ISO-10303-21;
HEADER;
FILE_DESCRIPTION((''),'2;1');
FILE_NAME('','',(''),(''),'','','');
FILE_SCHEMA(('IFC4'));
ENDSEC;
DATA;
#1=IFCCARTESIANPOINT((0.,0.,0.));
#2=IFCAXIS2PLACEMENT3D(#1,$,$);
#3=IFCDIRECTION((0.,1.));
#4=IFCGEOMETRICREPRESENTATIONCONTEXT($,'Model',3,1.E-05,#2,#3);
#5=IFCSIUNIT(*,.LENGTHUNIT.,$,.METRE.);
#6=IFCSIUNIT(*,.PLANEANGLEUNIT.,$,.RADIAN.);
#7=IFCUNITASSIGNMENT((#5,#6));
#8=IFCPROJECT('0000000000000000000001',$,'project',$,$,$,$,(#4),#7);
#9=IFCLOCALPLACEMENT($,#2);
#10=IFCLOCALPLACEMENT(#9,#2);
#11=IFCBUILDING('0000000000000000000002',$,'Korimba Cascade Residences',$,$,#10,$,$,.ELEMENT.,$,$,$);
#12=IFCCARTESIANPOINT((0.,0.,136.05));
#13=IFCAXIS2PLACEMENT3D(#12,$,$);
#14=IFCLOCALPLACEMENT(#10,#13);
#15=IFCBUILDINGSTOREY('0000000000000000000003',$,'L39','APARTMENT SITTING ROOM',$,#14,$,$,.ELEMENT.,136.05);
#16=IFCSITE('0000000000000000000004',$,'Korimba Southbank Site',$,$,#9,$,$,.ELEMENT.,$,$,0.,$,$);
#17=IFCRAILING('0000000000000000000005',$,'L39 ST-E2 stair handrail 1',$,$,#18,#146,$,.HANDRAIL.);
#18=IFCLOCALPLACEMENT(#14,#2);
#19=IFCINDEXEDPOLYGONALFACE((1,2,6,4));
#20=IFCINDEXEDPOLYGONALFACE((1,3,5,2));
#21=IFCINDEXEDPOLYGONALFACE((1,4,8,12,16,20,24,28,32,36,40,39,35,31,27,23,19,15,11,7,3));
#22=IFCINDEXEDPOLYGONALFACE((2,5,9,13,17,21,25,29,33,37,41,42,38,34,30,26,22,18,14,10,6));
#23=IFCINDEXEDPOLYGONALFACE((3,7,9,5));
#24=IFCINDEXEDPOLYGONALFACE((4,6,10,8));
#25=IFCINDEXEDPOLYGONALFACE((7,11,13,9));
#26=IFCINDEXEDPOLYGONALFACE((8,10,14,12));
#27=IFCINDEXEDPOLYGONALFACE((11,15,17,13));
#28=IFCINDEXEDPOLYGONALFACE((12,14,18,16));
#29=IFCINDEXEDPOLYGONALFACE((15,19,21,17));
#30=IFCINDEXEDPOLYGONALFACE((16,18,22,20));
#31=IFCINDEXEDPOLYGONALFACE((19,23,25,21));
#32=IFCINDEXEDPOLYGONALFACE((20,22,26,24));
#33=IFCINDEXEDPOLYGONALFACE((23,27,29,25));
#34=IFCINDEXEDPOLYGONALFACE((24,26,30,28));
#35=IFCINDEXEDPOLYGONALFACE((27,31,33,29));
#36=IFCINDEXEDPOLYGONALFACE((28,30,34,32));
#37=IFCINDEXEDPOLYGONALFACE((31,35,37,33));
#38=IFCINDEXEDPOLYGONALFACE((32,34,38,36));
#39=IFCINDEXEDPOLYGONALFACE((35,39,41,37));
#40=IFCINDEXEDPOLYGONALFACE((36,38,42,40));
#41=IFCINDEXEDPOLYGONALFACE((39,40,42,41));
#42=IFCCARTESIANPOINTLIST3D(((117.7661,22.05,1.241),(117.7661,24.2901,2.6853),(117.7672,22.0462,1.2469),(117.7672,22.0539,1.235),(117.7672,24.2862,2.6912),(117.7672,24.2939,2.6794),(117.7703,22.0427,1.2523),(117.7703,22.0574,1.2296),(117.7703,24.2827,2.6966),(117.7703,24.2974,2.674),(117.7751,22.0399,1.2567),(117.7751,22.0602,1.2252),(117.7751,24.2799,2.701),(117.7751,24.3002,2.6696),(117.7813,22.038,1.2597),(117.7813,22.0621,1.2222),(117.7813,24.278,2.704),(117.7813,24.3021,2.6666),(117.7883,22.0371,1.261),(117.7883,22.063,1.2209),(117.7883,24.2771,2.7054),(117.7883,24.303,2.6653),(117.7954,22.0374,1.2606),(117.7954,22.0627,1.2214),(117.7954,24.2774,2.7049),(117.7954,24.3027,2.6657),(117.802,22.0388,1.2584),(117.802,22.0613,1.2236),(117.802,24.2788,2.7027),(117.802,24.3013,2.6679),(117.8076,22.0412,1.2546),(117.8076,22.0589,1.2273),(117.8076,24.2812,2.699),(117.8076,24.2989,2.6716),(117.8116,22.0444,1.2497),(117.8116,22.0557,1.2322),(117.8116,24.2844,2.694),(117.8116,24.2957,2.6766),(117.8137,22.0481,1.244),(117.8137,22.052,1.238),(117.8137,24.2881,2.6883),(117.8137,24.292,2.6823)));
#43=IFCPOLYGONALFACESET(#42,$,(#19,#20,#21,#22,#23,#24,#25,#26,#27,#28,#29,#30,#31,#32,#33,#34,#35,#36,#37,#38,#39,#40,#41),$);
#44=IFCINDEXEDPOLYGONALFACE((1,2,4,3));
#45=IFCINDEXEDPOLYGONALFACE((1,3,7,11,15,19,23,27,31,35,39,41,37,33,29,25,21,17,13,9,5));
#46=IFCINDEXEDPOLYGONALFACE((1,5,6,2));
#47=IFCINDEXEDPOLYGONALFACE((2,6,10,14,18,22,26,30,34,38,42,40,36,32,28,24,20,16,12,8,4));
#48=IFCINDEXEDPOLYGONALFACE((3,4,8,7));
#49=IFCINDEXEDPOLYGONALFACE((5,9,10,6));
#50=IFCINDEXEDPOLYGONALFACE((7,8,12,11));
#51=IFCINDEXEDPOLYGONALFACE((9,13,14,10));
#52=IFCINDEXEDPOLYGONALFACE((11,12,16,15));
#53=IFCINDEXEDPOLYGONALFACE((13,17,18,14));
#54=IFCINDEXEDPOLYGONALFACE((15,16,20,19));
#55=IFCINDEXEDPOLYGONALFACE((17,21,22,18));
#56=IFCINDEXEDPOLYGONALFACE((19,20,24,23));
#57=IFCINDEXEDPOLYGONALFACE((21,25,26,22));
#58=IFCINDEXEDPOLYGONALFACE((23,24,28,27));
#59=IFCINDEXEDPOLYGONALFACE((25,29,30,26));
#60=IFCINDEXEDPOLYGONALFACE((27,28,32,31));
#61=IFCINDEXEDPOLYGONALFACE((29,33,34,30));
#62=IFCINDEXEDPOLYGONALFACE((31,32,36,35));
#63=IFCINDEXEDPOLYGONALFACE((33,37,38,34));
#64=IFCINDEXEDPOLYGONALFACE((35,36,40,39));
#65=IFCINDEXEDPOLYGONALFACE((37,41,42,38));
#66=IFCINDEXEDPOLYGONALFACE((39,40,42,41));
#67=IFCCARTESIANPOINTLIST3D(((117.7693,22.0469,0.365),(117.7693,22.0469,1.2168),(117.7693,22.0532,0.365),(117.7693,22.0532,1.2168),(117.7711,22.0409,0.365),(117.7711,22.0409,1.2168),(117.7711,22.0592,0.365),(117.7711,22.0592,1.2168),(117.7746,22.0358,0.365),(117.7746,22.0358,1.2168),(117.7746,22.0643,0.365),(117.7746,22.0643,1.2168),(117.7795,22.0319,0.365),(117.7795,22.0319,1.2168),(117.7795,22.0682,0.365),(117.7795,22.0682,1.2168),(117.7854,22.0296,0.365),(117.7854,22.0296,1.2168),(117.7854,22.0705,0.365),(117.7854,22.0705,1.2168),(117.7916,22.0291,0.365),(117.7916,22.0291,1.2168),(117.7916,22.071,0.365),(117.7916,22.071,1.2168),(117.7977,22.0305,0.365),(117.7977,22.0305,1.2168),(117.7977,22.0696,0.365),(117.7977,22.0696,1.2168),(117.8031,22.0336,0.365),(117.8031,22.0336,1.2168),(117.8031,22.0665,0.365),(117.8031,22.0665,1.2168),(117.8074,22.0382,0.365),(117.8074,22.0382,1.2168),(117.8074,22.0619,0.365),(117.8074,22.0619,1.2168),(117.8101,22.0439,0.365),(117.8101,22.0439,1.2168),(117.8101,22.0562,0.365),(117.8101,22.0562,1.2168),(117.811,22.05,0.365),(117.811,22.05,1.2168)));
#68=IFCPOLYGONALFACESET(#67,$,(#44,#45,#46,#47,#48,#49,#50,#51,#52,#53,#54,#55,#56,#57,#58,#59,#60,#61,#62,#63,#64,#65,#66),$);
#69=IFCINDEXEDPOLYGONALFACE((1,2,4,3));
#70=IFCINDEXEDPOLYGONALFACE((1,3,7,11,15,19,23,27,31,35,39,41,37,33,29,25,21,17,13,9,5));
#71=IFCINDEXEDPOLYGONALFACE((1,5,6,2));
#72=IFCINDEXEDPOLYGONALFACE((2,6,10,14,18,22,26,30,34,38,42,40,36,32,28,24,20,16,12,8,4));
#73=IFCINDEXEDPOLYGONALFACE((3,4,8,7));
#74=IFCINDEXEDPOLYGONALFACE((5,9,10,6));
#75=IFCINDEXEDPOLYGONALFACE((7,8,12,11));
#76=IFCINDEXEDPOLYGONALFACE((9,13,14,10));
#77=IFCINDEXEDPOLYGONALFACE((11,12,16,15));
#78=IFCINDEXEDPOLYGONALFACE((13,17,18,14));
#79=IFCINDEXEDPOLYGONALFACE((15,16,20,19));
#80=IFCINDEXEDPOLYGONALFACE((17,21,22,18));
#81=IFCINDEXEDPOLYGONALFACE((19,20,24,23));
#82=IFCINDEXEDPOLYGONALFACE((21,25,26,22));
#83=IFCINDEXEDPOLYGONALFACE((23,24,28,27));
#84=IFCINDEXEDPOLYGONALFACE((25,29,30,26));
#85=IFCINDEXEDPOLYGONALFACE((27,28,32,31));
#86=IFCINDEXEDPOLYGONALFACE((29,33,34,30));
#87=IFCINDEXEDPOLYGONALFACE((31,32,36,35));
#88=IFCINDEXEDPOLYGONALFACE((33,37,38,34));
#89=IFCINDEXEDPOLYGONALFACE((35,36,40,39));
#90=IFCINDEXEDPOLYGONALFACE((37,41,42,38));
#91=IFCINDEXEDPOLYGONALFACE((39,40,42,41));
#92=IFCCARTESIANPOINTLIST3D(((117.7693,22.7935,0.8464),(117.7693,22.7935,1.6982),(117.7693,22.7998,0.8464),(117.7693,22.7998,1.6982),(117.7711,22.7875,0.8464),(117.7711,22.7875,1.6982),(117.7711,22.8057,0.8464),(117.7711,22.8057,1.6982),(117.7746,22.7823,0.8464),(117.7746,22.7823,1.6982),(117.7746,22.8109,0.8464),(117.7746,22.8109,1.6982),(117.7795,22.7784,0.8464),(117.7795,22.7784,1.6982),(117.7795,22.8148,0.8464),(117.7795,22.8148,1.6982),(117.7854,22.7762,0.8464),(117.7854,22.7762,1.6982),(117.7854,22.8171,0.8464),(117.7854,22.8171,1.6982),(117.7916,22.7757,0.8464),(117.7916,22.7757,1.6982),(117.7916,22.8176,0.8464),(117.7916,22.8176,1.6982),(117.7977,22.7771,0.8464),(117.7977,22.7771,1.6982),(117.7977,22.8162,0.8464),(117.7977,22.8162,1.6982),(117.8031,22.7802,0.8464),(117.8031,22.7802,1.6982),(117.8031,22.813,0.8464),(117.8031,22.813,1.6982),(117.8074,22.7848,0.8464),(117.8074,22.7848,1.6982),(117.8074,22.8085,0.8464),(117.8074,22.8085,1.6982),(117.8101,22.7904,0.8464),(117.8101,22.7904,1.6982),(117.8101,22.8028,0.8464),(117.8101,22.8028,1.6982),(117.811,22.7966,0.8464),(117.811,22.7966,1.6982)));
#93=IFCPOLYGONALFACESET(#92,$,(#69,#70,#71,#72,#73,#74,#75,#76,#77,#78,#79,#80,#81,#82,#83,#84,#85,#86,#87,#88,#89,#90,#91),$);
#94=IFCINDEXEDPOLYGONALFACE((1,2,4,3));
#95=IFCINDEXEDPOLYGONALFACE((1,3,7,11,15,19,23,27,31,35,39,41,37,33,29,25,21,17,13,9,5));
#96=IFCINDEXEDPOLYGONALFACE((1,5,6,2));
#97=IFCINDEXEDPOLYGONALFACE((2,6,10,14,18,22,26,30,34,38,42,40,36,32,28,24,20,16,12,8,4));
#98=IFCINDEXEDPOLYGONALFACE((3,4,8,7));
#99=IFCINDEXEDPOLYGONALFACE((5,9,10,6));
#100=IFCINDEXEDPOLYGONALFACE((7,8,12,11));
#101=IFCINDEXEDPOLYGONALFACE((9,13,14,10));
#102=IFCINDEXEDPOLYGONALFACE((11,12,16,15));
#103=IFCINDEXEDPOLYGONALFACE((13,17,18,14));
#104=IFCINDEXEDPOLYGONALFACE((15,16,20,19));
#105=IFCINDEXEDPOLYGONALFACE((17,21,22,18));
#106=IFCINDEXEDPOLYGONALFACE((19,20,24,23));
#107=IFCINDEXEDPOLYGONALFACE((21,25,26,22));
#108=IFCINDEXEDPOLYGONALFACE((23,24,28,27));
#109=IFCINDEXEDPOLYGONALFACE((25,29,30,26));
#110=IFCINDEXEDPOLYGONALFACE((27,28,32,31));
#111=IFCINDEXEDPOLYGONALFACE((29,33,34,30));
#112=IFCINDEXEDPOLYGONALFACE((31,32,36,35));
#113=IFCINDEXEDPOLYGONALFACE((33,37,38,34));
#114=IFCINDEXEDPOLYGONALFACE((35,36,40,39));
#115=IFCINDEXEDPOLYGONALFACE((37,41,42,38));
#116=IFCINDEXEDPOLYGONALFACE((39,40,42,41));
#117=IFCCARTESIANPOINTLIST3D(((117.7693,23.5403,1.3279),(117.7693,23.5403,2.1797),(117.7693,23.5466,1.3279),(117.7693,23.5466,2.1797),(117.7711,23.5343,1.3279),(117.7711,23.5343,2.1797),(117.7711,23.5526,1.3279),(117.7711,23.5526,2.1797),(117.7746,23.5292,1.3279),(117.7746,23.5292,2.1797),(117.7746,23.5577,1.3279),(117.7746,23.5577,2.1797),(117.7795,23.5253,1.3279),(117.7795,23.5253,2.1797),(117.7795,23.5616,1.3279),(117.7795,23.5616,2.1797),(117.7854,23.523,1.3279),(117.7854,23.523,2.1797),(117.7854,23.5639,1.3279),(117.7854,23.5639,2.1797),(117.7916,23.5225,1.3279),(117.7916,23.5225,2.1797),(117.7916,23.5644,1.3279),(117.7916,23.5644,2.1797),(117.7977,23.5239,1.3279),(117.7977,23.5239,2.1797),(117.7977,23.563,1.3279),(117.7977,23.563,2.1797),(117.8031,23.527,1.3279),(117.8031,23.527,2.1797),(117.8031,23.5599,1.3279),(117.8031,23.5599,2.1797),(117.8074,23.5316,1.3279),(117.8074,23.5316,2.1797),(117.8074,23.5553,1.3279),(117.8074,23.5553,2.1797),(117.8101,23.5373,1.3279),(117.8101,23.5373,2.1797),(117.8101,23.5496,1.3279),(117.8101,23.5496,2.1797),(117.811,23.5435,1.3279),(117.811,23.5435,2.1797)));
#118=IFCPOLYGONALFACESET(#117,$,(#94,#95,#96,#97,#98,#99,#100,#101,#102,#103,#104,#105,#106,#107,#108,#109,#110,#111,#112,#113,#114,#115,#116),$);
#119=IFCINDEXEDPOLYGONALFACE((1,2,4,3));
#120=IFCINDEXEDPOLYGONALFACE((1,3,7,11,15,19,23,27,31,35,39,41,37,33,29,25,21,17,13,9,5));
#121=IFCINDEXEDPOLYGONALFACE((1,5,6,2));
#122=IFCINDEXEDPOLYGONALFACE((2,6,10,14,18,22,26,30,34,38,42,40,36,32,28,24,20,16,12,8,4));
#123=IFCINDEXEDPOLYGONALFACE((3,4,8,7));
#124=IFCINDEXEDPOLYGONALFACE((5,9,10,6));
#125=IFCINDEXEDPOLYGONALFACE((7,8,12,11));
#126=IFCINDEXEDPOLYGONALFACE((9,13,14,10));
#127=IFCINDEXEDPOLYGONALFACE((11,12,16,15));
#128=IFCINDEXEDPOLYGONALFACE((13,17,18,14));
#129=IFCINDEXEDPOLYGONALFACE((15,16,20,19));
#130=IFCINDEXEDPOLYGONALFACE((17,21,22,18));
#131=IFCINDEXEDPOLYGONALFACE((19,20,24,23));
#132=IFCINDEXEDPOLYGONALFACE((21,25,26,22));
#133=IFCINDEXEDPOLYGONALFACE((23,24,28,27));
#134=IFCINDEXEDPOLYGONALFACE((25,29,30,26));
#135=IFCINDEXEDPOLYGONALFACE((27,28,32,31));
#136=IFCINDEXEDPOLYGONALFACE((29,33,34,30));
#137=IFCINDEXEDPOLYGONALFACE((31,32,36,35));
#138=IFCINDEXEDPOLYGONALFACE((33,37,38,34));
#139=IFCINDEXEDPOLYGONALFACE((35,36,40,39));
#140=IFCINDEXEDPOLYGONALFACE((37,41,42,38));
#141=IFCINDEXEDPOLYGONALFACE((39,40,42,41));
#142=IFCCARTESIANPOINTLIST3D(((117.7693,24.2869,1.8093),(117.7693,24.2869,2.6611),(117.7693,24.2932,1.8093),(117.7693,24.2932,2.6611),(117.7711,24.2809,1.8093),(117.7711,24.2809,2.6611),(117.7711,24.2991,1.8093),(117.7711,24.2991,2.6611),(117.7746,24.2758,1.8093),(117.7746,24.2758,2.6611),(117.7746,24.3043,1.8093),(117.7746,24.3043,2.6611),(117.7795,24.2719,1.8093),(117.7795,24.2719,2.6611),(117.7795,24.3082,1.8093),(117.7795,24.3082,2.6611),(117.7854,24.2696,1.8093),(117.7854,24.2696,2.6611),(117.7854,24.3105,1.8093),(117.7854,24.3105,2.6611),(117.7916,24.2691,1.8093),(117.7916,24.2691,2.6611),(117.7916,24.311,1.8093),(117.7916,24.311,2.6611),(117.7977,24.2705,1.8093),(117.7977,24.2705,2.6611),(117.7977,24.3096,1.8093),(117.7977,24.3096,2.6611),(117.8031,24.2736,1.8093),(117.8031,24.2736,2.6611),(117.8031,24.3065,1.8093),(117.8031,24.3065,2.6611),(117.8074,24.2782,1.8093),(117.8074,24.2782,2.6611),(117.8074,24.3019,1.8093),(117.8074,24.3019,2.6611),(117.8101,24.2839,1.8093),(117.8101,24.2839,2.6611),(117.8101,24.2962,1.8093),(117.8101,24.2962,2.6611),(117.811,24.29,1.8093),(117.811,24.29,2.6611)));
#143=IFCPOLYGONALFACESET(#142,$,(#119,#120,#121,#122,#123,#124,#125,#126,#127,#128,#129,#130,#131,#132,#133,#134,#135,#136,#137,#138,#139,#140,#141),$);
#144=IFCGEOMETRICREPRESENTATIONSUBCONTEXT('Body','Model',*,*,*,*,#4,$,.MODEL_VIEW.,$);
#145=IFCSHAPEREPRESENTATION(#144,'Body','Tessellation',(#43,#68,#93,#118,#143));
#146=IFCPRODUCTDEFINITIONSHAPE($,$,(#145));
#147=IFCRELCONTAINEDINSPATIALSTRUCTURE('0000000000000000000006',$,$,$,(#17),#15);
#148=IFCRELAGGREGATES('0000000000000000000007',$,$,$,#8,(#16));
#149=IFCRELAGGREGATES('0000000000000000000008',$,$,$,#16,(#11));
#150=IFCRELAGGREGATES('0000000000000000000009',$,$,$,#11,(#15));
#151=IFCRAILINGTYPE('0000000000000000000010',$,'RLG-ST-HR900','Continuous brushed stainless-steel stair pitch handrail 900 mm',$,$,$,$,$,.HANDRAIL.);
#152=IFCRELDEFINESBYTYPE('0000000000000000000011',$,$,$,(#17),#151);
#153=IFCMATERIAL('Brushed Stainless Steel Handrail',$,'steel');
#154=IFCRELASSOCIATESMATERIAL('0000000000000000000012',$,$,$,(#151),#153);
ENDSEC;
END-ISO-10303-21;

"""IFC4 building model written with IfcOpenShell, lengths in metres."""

from ifc_helpers import new_model, si_unit, direction, frame, origin, origin_2d, place, context, subcontext, project, spatial, circle, extrude, material, type_object, element, save


model = new_model("IFC4")

# Units and contexts
model_context = context("Model", 3, precision=1e-05, world=origin(), true_north=direction((0.0, 1.0)))
body_context = subcontext(model_context, "Body", "Model", "MODEL_VIEW")
ifc_project = project(units=[si_unit("LENGTHUNIT", "METRE"), si_unit("PLANEANGLEUNIT", "RADIAN")], contexts=[model_context])

# Site, building, storey
site_placement = place(None, origin())
site = spatial("IfcSite", under=ifc_project, at=site_placement, Name="Korimba Southbank Site", CompositionType="ELEMENT", RefElevation=0.0)
building_placement = place(site_placement, origin())
building = spatial("IfcBuilding", under=site, at=building_placement, Name="Korimba Cascade Residences", CompositionType="ELEMENT")
storey_placement = place(building_placement, frame((0.0, 0.0, 136.05)))
storey = spatial("IfcBuildingStorey", under=building, at=storey_placement, Name="L39", Description="APARTMENT SITTING ROOM", CompositionType="ELEMENT", Elevation=136.05)

# Railing
ifc_material_1 = material(Name="Brushed Stainless Steel Handrail", Category="steel")
railing_type_1 = type_object("IfcRailingType", Name="RLG-ST-HR900", Description="Continuous brushed stainless-steel stair pitch handrail 900 mm", PredefinedType="HANDRAIL", material=ifc_material_1)
railing_1_placement = place(storey_placement, frame((117.79, 22.05, 0.365)))
element("IfcRailing", 1, at=railing_1_placement, inside=storey, type_object=railing_type_1, Name="L39 ST-E2 stair handrail 1", PredefinedType="HANDRAIL", context=body_context, shape_type="SweptSolid", body=[
    extrude(circle(Radius=0.0239, at=origin_2d()), frame((0.0, 0.0, 0.876), z_axis=(0.0, 0.840437, 0.54191), x_axis=(-1.0, 0.0, 0.0)), (0.0, 0.0, 1.0), 2.6653),
    extrude(circle(Radius=0.021, at=origin_2d()), origin(), (0.0, 0.0, 1.0), 0.8518),
    extrude(circle(Radius=0.021, at=origin_2d()), frame((0.0, 0.7466, 0.4814)), (0.0, 0.0, 1.0), 0.8518),
    extrude(circle(Radius=0.021, at=origin_2d()), frame((0.0, 1.4934, 0.9629)), (0.0, 0.0, 1.0), 0.8518),
    extrude(circle(Radius=0.021, at=origin_2d()), frame((0.0, 2.24, 1.4443)), (0.0, 0.0, 1.0), 0.8518),
])

save(model, "model.ifc")
